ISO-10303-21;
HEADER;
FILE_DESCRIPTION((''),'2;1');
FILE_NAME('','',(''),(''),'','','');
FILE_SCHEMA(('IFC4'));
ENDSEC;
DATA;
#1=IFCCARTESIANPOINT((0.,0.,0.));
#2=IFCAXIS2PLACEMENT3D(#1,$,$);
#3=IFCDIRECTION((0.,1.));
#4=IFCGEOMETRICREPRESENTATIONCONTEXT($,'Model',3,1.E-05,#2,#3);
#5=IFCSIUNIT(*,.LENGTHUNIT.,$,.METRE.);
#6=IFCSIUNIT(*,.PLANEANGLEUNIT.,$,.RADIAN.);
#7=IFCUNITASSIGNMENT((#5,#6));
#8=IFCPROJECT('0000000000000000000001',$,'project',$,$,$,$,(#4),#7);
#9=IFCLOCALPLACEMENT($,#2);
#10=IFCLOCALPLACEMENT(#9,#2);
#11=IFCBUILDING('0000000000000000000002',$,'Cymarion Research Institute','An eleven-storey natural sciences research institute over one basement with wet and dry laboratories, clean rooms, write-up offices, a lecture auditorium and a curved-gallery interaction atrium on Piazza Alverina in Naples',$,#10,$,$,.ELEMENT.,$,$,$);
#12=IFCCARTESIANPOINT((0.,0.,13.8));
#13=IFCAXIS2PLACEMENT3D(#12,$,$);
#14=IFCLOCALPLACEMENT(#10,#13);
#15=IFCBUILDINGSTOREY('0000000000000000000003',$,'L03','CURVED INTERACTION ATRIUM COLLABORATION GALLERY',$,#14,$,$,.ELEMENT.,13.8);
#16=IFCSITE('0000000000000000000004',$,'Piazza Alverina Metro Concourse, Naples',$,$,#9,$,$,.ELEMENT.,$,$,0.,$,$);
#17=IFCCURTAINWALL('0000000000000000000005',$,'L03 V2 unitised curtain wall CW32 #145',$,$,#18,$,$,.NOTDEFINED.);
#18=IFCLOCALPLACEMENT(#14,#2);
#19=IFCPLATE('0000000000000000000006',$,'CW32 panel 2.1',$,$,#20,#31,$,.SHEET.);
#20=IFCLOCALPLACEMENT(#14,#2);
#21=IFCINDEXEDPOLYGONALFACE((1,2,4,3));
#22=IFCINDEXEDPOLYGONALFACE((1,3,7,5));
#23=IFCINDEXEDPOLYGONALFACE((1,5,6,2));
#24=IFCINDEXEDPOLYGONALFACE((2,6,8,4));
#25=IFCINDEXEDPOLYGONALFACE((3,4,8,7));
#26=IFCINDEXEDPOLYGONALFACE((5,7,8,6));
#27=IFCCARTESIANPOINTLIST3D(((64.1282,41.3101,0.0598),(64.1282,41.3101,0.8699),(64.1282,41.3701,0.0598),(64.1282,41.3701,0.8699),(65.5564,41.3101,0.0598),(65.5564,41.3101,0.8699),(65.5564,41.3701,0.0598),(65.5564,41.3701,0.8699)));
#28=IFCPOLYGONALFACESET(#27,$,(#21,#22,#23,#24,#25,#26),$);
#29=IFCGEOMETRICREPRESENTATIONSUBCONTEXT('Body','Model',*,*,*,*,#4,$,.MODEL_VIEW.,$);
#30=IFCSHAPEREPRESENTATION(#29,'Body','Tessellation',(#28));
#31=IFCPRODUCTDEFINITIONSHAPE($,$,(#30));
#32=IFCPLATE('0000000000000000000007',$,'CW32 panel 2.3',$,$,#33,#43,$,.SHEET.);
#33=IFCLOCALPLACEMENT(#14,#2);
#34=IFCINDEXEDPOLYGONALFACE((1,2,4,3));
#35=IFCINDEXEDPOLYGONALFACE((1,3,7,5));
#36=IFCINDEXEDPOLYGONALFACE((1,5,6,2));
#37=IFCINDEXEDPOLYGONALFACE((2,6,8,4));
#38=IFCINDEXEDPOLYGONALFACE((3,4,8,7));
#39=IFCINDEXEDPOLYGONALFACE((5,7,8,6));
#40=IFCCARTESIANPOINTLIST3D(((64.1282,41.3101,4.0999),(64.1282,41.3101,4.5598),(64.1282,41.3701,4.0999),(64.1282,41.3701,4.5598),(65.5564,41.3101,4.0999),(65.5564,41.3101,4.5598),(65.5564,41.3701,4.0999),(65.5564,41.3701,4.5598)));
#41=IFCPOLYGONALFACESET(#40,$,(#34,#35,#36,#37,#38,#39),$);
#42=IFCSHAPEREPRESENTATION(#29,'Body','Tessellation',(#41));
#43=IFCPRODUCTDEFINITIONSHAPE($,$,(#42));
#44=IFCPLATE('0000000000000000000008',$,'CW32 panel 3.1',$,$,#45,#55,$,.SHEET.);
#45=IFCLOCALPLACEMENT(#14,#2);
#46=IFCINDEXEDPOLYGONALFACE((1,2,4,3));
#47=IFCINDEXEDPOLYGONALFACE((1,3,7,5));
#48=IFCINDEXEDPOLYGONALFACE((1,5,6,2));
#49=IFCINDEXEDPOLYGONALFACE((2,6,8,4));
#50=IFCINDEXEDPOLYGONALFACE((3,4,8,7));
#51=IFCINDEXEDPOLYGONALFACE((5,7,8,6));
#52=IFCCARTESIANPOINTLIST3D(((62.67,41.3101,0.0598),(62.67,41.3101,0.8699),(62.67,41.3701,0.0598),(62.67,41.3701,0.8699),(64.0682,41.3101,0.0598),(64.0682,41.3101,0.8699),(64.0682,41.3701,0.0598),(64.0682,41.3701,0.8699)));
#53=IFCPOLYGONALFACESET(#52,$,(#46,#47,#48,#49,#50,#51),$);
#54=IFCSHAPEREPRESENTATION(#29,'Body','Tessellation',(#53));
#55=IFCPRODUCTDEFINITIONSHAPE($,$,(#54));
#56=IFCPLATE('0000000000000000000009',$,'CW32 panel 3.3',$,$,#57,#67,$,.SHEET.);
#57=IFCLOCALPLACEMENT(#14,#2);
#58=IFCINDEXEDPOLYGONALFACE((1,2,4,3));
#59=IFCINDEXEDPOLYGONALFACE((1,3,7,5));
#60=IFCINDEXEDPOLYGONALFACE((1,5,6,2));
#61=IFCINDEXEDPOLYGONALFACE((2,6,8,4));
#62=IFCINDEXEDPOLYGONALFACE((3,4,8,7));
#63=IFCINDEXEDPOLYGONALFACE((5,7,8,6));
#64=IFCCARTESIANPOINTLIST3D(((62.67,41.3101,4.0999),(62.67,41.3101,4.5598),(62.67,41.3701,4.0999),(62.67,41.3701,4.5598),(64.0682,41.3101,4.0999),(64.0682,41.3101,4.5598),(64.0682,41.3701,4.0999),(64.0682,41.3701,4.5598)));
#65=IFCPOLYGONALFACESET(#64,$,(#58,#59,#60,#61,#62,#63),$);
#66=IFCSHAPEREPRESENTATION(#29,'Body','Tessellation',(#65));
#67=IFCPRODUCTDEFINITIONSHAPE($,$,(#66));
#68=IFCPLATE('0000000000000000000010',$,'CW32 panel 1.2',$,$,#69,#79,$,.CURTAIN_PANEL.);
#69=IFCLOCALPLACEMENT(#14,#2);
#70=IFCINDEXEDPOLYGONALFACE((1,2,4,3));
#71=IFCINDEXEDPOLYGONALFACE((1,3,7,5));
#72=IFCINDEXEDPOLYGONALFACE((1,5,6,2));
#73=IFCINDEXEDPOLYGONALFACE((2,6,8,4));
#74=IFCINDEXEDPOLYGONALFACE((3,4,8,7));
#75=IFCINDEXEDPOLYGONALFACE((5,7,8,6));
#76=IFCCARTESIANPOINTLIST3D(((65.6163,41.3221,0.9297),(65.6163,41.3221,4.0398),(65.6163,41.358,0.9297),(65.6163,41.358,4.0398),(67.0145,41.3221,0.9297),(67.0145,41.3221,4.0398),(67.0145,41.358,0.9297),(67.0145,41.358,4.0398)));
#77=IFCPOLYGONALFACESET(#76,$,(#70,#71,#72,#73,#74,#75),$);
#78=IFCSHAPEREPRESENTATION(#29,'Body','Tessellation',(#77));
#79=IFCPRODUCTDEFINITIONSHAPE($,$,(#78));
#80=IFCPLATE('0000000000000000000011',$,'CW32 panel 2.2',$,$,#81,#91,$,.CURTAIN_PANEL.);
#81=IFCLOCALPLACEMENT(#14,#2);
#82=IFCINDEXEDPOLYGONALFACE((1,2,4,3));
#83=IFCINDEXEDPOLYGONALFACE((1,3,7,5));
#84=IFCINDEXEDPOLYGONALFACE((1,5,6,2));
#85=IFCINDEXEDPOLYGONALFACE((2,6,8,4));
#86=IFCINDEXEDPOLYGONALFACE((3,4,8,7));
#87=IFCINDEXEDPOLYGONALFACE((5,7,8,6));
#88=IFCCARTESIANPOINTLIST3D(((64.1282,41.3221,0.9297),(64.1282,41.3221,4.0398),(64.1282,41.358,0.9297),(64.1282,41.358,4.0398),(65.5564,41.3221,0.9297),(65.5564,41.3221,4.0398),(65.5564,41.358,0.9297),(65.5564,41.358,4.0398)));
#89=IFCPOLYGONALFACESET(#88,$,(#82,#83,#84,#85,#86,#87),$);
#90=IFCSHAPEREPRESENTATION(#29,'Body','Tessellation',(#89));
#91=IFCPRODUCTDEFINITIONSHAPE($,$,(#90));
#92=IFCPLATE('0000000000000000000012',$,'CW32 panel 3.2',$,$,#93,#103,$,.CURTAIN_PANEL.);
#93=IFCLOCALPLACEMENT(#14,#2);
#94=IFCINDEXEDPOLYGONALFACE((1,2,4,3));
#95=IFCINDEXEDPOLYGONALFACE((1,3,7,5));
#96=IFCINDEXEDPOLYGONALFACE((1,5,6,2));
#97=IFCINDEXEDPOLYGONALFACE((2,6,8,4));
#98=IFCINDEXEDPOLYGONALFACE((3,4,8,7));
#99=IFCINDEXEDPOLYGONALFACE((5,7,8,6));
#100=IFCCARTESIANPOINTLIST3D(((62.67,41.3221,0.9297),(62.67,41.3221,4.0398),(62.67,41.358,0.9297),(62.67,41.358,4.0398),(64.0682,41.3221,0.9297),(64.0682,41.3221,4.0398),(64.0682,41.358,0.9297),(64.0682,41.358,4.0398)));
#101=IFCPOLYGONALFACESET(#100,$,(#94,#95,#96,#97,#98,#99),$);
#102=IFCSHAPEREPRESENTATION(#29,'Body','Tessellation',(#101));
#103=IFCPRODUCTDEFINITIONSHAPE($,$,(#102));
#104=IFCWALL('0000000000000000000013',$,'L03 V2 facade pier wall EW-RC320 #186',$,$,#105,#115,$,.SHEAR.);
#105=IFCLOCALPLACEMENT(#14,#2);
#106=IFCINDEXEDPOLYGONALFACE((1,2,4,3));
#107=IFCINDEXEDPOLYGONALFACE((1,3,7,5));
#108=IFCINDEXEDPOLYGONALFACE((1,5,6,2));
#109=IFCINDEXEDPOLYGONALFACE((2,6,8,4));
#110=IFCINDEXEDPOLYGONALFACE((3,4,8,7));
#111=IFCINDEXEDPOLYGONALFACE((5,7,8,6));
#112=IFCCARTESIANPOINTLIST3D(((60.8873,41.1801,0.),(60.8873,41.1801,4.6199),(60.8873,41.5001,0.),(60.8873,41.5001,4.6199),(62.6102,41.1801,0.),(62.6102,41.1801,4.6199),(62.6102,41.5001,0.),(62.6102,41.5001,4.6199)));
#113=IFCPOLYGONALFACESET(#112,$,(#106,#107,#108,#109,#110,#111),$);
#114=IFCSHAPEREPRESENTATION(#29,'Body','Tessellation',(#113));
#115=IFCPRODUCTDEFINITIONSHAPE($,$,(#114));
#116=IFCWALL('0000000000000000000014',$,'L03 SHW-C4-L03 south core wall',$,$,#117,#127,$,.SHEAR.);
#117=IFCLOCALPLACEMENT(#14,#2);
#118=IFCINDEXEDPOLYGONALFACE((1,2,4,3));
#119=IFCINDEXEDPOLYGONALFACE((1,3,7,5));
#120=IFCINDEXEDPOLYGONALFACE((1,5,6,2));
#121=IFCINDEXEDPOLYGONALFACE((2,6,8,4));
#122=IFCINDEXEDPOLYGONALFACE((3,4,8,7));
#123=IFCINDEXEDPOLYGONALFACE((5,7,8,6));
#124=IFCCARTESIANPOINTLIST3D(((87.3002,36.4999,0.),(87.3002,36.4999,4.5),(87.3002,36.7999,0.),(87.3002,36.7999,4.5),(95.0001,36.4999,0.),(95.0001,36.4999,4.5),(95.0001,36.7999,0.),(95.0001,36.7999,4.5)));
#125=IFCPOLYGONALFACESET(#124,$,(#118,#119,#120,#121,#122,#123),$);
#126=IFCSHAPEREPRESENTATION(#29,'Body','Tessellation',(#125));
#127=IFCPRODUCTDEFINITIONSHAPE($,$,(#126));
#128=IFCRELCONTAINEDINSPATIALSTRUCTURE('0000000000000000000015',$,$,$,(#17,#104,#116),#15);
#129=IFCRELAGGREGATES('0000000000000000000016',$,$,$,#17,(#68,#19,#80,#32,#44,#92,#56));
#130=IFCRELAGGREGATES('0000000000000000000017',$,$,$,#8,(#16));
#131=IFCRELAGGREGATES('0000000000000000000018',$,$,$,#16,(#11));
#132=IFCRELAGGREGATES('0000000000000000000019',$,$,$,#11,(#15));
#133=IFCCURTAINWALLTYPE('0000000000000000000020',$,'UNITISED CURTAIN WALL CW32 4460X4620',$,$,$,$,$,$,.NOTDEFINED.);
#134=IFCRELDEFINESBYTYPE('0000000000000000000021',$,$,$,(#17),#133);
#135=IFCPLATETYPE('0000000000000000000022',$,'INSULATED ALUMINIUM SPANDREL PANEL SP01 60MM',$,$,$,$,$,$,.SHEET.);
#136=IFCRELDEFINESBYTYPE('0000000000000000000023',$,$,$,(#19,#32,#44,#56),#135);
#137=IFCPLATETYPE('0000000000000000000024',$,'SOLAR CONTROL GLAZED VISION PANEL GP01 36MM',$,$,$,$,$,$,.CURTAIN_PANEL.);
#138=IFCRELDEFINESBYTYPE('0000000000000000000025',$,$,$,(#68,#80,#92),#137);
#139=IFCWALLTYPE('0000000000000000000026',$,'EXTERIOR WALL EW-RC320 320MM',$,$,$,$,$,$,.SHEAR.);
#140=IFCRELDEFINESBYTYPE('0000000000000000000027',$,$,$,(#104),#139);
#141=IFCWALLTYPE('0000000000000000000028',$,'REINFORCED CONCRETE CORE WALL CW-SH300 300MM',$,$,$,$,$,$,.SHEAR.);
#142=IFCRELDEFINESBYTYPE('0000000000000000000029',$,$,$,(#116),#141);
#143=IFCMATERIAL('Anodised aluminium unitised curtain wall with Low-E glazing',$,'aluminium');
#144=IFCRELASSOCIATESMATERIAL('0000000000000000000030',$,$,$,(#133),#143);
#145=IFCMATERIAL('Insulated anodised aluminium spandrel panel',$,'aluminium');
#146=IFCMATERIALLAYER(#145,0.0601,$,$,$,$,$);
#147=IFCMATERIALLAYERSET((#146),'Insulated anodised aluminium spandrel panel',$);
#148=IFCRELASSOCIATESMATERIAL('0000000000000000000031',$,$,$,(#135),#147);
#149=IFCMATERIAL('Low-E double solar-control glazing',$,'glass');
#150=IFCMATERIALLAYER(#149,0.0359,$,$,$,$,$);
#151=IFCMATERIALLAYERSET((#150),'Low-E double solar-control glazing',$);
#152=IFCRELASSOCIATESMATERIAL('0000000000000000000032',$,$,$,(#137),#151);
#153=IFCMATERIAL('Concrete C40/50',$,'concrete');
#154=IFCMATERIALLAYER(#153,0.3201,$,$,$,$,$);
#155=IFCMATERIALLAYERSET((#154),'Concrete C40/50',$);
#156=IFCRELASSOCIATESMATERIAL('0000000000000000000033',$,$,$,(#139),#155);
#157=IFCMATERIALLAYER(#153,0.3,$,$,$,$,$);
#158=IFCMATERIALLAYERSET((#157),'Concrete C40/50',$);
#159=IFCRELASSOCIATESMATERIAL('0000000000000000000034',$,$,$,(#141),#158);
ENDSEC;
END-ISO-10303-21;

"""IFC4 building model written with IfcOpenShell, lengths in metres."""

from ifc_helpers import new_model, si_unit, direction, frame, frame_2d, origin, origin_2d, place, context, subcontext, project, spatial, rectangle, extrude, material, layer, layer_set, type_object, element, aggregate, save


model = new_model("IFC4")

# Units and contexts
model_context = context("Model", 3, precision=1e-05, world=origin(), true_north=direction((0.0, 1.0)))
body_context = subcontext(model_context, "Body", "Model", "MODEL_VIEW")
ifc_project = project(units=[si_unit("LENGTHUNIT", "METRE"), si_unit("PLANEANGLEUNIT", "RADIAN")], contexts=[model_context])

# Site, building, storey
site_placement = place(None, origin())
site = spatial("IfcSite", under=ifc_project, at=site_placement, Name="Piazza Alverina Metro Concourse, Naples", CompositionType="ELEMENT", RefElevation=0.0)
building_placement = place(site_placement, origin())
building = spatial("IfcBuilding", under=site, at=building_placement, Name="Cymarion Research Institute", Description="An eleven-storey natural sciences research institute over one basement with wet and dry laboratories, clean rooms, write-up offices, a lecture auditorium and a curved-gallery interaction atrium on Piazza Alverina in Naples", CompositionType="ELEMENT")
storey_placement = place(building_placement, frame((0.0, 0.0, 13.8)))
storey = spatial("IfcBuildingStorey", under=building, at=storey_placement, Name="L03", Description="CURVED INTERACTION ATRIUM COLLABORATION GALLERY", CompositionType="ELEMENT", Elevation=13.8)

# Shared definitions
ifc_material_1 = material(Name="Concrete C40/50", Category="concrete")

# Curtain wall, plates
ifc_material_2 = material(Name="Anodised aluminium unitised curtain wall with Low-E glazing", Category="aluminium")
curtain_wall_type = type_object("IfcCurtainWallType", Name="UNITISED CURTAIN WALL CW32 4460X4620", PredefinedType="NOTDEFINED", material=ifc_material_2)
curtain_wall_placement = place(storey_placement, origin())
curtain_wall = element("IfcCurtainWall", 1, at=curtain_wall_placement, inside=storey, type_object=curtain_wall_type, Name="L03 V2 unitised curtain wall CW32 #145", PredefinedType="NOTDEFINED")
ifc_material_3 = material(Name="Insulated anodised aluminium spandrel panel", Category="aluminium")
ifc_layer_1 = layer(ifc_material_3, 0.0601)
ifc_layer_set_1 = layer_set([ifc_layer_1], Name="Insulated anodised aluminium spandrel panel")
plate_type_1 = type_object("IfcPlateType", Name="INSULATED ALUMINIUM SPANDREL PANEL SP01 60MM", PredefinedType="SHEET", material=ifc_layer_set_1)
plate_1_placement = place(storey_placement, frame((64.8423, 41.3401, 0.0598), z_axis=(0.0, 0.0, 1.0), x_axis=(-1.0, 0.0, 0.0)))
plate_1 = element("IfcPlate", 2, at=plate_1_placement, type_object=plate_type_1, Name="CW32 panel 2.1", PredefinedType="SHEET", context=body_context, shape_type="SweptSolid", body=[
    extrude(rectangle(XDim=1.4282, YDim=0.0601, at=origin_2d()), origin(), (0.0, 0.0, 1.0), 0.8101),
])
plate_2_placement = place(storey_placement, frame((64.8423, 41.3401, 4.0999), z_axis=(0.0, 0.0, 1.0), x_axis=(-1.0, 0.0, 0.0)))
plate_2 = element("IfcPlate", 3, at=plate_2_placement, type_object=plate_type_1, Name="CW32 panel 2.3", PredefinedType="SHEET", context=body_context, shape_type="SweptSolid", body=[
    extrude(rectangle(XDim=1.4282, YDim=0.0601, at=origin_2d()), origin(), (0.0, 0.0, 1.0), 0.46),
])
plate_3_placement = place(storey_placement, frame((63.3691, 41.3401, 0.0598), z_axis=(0.0, 0.0, 1.0), x_axis=(-1.0, 0.0, 0.0)))
plate_3 = element("IfcPlate", 4, at=plate_3_placement, type_object=plate_type_1, Name="CW32 panel 3.1", PredefinedType="SHEET", context=body_context, shape_type="SweptSolid", body=[
    extrude(rectangle(XDim=1.3982, YDim=0.0601, at=origin_2d()), origin(), (0.0, 0.0, 1.0), 0.8101),
])
plate_4_placement = place(storey_placement, frame((63.3691, 41.3401, 4.0999), z_axis=(0.0, 0.0, 1.0), x_axis=(-1.0, 0.0, 0.0)))
plate_4 = element("IfcPlate", 5, at=plate_4_placement, type_object=plate_type_1, Name="CW32 panel 3.3", PredefinedType="SHEET", context=body_context, shape_type="SweptSolid", body=[
    extrude(rectangle(XDim=1.3982, YDim=0.0601, at=origin_2d()), origin(), (0.0, 0.0, 1.0), 0.46),
])
ifc_material_4 = material(Name="Low-E double solar-control glazing", Category="glass")
ifc_layer_2 = layer(ifc_material_4, 0.0359)
ifc_layer_set_2 = layer_set([ifc_layer_2], Name="Low-E double solar-control glazing")
plate_type_2 = type_object("IfcPlateType", Name="SOLAR CONTROL GLAZED VISION PANEL GP01 36MM", PredefinedType="CURTAIN_PANEL", material=ifc_layer_set_2)
plate_5_placement = place(storey_placement, frame((66.3154, 41.3401, 0.9297), z_axis=(0.0, 0.0, 1.0), x_axis=(-1.0, 0.0, 0.0)))
plate_5 = element("IfcPlate", 6, at=plate_5_placement, type_object=plate_type_2, Name="CW32 panel 1.2", PredefinedType="CURTAIN_PANEL", context=body_context, shape_type="SweptSolid", body=[
    extrude(rectangle(XDim=1.3982, YDim=0.0359, at=origin_2d()), origin(), (0.0, 0.0, 1.0), 3.1101),
])
plate_6_placement = place(storey_placement, frame((64.8423, 41.3401, 0.9297), z_axis=(0.0, 0.0, 1.0), x_axis=(-1.0, 0.0, 0.0)))
plate_6 = element("IfcPlate", 7, at=plate_6_placement, type_object=plate_type_2, Name="CW32 panel 2.2", PredefinedType="CURTAIN_PANEL", context=body_context, shape_type="SweptSolid", body=[
    extrude(rectangle(XDim=1.4282, YDim=0.0359, at=origin_2d()), origin(), (0.0, 0.0, 1.0), 3.1101),
])
plate_7_placement = place(storey_placement, frame((63.3691, 41.3401, 0.9297), z_axis=(0.0, 0.0, 1.0), x_axis=(-1.0, 0.0, 0.0)))
plate_7 = element("IfcPlate", 8, at=plate_7_placement, type_object=plate_type_2, Name="CW32 panel 3.2", PredefinedType="CURTAIN_PANEL", context=body_context, shape_type="SweptSolid", body=[
    extrude(rectangle(XDim=1.3982, YDim=0.0359, at=origin_2d()), origin(), (0.0, 0.0, 1.0), 3.1101),
])
aggregate(curtain_wall, [plate_5, plate_1, plate_6, plate_2, plate_3, plate_7, plate_4])

# Walls
ifc_layer_3 = layer(ifc_material_1, 0.3201)
ifc_layer_set_3 = layer_set([ifc_layer_3], Name="Concrete C40/50")
wall_type_1 = type_object("IfcWallType", Name="EXTERIOR WALL EW-RC320 320MM", PredefinedType="SHEAR", material=ifc_layer_set_3)
wall_1_placement = place(storey_placement, frame((62.6101, 41.3401, 0.0), z_axis=(0.0, 0.0, 1.0), x_axis=(-1.0, 0.0, 0.0)))
element("IfcWall", 9, at=wall_1_placement, inside=storey, type_object=wall_type_1, Name="L03 V2 facade pier wall EW-RC320 #186", PredefinedType="SHEAR", context=body_context, shape_type="SweptSolid", body=[
    extrude(rectangle(XDim=1.7229, YDim=0.3201, at=frame_2d((0.8613, 0.0))), origin(), (0.0, 0.0, 1.0), 4.6199),
])
ifc_layer_4 = layer(ifc_material_1, 0.3)
ifc_layer_set_4 = layer_set([ifc_layer_4], Name="Concrete C40/50")
wall_type_2 = type_object("IfcWallType", Name="REINFORCED CONCRETE CORE WALL CW-SH300 300MM", PredefinedType="SHEAR", material=ifc_layer_set_4)
wall_2_placement = place(storey_placement, frame((87.3, 36.6499, 0.0), z_axis=(0.0, 0.0, 1.0), x_axis=(1.0, 0.0, 0.0)))
element("IfcWall", 10, at=wall_2_placement, inside=storey, type_object=wall_type_2, Name="L03 SHW-C4-L03 south core wall", PredefinedType="SHEAR", context=body_context, shape_type="SweptSolid", body=[
    extrude(rectangle(XDim=7.7, YDim=0.3, at=frame_2d((3.8501, 0.0))), origin(), (0.0, 0.0, 1.0), 4.5),
])

save(model, "model.ifc")
